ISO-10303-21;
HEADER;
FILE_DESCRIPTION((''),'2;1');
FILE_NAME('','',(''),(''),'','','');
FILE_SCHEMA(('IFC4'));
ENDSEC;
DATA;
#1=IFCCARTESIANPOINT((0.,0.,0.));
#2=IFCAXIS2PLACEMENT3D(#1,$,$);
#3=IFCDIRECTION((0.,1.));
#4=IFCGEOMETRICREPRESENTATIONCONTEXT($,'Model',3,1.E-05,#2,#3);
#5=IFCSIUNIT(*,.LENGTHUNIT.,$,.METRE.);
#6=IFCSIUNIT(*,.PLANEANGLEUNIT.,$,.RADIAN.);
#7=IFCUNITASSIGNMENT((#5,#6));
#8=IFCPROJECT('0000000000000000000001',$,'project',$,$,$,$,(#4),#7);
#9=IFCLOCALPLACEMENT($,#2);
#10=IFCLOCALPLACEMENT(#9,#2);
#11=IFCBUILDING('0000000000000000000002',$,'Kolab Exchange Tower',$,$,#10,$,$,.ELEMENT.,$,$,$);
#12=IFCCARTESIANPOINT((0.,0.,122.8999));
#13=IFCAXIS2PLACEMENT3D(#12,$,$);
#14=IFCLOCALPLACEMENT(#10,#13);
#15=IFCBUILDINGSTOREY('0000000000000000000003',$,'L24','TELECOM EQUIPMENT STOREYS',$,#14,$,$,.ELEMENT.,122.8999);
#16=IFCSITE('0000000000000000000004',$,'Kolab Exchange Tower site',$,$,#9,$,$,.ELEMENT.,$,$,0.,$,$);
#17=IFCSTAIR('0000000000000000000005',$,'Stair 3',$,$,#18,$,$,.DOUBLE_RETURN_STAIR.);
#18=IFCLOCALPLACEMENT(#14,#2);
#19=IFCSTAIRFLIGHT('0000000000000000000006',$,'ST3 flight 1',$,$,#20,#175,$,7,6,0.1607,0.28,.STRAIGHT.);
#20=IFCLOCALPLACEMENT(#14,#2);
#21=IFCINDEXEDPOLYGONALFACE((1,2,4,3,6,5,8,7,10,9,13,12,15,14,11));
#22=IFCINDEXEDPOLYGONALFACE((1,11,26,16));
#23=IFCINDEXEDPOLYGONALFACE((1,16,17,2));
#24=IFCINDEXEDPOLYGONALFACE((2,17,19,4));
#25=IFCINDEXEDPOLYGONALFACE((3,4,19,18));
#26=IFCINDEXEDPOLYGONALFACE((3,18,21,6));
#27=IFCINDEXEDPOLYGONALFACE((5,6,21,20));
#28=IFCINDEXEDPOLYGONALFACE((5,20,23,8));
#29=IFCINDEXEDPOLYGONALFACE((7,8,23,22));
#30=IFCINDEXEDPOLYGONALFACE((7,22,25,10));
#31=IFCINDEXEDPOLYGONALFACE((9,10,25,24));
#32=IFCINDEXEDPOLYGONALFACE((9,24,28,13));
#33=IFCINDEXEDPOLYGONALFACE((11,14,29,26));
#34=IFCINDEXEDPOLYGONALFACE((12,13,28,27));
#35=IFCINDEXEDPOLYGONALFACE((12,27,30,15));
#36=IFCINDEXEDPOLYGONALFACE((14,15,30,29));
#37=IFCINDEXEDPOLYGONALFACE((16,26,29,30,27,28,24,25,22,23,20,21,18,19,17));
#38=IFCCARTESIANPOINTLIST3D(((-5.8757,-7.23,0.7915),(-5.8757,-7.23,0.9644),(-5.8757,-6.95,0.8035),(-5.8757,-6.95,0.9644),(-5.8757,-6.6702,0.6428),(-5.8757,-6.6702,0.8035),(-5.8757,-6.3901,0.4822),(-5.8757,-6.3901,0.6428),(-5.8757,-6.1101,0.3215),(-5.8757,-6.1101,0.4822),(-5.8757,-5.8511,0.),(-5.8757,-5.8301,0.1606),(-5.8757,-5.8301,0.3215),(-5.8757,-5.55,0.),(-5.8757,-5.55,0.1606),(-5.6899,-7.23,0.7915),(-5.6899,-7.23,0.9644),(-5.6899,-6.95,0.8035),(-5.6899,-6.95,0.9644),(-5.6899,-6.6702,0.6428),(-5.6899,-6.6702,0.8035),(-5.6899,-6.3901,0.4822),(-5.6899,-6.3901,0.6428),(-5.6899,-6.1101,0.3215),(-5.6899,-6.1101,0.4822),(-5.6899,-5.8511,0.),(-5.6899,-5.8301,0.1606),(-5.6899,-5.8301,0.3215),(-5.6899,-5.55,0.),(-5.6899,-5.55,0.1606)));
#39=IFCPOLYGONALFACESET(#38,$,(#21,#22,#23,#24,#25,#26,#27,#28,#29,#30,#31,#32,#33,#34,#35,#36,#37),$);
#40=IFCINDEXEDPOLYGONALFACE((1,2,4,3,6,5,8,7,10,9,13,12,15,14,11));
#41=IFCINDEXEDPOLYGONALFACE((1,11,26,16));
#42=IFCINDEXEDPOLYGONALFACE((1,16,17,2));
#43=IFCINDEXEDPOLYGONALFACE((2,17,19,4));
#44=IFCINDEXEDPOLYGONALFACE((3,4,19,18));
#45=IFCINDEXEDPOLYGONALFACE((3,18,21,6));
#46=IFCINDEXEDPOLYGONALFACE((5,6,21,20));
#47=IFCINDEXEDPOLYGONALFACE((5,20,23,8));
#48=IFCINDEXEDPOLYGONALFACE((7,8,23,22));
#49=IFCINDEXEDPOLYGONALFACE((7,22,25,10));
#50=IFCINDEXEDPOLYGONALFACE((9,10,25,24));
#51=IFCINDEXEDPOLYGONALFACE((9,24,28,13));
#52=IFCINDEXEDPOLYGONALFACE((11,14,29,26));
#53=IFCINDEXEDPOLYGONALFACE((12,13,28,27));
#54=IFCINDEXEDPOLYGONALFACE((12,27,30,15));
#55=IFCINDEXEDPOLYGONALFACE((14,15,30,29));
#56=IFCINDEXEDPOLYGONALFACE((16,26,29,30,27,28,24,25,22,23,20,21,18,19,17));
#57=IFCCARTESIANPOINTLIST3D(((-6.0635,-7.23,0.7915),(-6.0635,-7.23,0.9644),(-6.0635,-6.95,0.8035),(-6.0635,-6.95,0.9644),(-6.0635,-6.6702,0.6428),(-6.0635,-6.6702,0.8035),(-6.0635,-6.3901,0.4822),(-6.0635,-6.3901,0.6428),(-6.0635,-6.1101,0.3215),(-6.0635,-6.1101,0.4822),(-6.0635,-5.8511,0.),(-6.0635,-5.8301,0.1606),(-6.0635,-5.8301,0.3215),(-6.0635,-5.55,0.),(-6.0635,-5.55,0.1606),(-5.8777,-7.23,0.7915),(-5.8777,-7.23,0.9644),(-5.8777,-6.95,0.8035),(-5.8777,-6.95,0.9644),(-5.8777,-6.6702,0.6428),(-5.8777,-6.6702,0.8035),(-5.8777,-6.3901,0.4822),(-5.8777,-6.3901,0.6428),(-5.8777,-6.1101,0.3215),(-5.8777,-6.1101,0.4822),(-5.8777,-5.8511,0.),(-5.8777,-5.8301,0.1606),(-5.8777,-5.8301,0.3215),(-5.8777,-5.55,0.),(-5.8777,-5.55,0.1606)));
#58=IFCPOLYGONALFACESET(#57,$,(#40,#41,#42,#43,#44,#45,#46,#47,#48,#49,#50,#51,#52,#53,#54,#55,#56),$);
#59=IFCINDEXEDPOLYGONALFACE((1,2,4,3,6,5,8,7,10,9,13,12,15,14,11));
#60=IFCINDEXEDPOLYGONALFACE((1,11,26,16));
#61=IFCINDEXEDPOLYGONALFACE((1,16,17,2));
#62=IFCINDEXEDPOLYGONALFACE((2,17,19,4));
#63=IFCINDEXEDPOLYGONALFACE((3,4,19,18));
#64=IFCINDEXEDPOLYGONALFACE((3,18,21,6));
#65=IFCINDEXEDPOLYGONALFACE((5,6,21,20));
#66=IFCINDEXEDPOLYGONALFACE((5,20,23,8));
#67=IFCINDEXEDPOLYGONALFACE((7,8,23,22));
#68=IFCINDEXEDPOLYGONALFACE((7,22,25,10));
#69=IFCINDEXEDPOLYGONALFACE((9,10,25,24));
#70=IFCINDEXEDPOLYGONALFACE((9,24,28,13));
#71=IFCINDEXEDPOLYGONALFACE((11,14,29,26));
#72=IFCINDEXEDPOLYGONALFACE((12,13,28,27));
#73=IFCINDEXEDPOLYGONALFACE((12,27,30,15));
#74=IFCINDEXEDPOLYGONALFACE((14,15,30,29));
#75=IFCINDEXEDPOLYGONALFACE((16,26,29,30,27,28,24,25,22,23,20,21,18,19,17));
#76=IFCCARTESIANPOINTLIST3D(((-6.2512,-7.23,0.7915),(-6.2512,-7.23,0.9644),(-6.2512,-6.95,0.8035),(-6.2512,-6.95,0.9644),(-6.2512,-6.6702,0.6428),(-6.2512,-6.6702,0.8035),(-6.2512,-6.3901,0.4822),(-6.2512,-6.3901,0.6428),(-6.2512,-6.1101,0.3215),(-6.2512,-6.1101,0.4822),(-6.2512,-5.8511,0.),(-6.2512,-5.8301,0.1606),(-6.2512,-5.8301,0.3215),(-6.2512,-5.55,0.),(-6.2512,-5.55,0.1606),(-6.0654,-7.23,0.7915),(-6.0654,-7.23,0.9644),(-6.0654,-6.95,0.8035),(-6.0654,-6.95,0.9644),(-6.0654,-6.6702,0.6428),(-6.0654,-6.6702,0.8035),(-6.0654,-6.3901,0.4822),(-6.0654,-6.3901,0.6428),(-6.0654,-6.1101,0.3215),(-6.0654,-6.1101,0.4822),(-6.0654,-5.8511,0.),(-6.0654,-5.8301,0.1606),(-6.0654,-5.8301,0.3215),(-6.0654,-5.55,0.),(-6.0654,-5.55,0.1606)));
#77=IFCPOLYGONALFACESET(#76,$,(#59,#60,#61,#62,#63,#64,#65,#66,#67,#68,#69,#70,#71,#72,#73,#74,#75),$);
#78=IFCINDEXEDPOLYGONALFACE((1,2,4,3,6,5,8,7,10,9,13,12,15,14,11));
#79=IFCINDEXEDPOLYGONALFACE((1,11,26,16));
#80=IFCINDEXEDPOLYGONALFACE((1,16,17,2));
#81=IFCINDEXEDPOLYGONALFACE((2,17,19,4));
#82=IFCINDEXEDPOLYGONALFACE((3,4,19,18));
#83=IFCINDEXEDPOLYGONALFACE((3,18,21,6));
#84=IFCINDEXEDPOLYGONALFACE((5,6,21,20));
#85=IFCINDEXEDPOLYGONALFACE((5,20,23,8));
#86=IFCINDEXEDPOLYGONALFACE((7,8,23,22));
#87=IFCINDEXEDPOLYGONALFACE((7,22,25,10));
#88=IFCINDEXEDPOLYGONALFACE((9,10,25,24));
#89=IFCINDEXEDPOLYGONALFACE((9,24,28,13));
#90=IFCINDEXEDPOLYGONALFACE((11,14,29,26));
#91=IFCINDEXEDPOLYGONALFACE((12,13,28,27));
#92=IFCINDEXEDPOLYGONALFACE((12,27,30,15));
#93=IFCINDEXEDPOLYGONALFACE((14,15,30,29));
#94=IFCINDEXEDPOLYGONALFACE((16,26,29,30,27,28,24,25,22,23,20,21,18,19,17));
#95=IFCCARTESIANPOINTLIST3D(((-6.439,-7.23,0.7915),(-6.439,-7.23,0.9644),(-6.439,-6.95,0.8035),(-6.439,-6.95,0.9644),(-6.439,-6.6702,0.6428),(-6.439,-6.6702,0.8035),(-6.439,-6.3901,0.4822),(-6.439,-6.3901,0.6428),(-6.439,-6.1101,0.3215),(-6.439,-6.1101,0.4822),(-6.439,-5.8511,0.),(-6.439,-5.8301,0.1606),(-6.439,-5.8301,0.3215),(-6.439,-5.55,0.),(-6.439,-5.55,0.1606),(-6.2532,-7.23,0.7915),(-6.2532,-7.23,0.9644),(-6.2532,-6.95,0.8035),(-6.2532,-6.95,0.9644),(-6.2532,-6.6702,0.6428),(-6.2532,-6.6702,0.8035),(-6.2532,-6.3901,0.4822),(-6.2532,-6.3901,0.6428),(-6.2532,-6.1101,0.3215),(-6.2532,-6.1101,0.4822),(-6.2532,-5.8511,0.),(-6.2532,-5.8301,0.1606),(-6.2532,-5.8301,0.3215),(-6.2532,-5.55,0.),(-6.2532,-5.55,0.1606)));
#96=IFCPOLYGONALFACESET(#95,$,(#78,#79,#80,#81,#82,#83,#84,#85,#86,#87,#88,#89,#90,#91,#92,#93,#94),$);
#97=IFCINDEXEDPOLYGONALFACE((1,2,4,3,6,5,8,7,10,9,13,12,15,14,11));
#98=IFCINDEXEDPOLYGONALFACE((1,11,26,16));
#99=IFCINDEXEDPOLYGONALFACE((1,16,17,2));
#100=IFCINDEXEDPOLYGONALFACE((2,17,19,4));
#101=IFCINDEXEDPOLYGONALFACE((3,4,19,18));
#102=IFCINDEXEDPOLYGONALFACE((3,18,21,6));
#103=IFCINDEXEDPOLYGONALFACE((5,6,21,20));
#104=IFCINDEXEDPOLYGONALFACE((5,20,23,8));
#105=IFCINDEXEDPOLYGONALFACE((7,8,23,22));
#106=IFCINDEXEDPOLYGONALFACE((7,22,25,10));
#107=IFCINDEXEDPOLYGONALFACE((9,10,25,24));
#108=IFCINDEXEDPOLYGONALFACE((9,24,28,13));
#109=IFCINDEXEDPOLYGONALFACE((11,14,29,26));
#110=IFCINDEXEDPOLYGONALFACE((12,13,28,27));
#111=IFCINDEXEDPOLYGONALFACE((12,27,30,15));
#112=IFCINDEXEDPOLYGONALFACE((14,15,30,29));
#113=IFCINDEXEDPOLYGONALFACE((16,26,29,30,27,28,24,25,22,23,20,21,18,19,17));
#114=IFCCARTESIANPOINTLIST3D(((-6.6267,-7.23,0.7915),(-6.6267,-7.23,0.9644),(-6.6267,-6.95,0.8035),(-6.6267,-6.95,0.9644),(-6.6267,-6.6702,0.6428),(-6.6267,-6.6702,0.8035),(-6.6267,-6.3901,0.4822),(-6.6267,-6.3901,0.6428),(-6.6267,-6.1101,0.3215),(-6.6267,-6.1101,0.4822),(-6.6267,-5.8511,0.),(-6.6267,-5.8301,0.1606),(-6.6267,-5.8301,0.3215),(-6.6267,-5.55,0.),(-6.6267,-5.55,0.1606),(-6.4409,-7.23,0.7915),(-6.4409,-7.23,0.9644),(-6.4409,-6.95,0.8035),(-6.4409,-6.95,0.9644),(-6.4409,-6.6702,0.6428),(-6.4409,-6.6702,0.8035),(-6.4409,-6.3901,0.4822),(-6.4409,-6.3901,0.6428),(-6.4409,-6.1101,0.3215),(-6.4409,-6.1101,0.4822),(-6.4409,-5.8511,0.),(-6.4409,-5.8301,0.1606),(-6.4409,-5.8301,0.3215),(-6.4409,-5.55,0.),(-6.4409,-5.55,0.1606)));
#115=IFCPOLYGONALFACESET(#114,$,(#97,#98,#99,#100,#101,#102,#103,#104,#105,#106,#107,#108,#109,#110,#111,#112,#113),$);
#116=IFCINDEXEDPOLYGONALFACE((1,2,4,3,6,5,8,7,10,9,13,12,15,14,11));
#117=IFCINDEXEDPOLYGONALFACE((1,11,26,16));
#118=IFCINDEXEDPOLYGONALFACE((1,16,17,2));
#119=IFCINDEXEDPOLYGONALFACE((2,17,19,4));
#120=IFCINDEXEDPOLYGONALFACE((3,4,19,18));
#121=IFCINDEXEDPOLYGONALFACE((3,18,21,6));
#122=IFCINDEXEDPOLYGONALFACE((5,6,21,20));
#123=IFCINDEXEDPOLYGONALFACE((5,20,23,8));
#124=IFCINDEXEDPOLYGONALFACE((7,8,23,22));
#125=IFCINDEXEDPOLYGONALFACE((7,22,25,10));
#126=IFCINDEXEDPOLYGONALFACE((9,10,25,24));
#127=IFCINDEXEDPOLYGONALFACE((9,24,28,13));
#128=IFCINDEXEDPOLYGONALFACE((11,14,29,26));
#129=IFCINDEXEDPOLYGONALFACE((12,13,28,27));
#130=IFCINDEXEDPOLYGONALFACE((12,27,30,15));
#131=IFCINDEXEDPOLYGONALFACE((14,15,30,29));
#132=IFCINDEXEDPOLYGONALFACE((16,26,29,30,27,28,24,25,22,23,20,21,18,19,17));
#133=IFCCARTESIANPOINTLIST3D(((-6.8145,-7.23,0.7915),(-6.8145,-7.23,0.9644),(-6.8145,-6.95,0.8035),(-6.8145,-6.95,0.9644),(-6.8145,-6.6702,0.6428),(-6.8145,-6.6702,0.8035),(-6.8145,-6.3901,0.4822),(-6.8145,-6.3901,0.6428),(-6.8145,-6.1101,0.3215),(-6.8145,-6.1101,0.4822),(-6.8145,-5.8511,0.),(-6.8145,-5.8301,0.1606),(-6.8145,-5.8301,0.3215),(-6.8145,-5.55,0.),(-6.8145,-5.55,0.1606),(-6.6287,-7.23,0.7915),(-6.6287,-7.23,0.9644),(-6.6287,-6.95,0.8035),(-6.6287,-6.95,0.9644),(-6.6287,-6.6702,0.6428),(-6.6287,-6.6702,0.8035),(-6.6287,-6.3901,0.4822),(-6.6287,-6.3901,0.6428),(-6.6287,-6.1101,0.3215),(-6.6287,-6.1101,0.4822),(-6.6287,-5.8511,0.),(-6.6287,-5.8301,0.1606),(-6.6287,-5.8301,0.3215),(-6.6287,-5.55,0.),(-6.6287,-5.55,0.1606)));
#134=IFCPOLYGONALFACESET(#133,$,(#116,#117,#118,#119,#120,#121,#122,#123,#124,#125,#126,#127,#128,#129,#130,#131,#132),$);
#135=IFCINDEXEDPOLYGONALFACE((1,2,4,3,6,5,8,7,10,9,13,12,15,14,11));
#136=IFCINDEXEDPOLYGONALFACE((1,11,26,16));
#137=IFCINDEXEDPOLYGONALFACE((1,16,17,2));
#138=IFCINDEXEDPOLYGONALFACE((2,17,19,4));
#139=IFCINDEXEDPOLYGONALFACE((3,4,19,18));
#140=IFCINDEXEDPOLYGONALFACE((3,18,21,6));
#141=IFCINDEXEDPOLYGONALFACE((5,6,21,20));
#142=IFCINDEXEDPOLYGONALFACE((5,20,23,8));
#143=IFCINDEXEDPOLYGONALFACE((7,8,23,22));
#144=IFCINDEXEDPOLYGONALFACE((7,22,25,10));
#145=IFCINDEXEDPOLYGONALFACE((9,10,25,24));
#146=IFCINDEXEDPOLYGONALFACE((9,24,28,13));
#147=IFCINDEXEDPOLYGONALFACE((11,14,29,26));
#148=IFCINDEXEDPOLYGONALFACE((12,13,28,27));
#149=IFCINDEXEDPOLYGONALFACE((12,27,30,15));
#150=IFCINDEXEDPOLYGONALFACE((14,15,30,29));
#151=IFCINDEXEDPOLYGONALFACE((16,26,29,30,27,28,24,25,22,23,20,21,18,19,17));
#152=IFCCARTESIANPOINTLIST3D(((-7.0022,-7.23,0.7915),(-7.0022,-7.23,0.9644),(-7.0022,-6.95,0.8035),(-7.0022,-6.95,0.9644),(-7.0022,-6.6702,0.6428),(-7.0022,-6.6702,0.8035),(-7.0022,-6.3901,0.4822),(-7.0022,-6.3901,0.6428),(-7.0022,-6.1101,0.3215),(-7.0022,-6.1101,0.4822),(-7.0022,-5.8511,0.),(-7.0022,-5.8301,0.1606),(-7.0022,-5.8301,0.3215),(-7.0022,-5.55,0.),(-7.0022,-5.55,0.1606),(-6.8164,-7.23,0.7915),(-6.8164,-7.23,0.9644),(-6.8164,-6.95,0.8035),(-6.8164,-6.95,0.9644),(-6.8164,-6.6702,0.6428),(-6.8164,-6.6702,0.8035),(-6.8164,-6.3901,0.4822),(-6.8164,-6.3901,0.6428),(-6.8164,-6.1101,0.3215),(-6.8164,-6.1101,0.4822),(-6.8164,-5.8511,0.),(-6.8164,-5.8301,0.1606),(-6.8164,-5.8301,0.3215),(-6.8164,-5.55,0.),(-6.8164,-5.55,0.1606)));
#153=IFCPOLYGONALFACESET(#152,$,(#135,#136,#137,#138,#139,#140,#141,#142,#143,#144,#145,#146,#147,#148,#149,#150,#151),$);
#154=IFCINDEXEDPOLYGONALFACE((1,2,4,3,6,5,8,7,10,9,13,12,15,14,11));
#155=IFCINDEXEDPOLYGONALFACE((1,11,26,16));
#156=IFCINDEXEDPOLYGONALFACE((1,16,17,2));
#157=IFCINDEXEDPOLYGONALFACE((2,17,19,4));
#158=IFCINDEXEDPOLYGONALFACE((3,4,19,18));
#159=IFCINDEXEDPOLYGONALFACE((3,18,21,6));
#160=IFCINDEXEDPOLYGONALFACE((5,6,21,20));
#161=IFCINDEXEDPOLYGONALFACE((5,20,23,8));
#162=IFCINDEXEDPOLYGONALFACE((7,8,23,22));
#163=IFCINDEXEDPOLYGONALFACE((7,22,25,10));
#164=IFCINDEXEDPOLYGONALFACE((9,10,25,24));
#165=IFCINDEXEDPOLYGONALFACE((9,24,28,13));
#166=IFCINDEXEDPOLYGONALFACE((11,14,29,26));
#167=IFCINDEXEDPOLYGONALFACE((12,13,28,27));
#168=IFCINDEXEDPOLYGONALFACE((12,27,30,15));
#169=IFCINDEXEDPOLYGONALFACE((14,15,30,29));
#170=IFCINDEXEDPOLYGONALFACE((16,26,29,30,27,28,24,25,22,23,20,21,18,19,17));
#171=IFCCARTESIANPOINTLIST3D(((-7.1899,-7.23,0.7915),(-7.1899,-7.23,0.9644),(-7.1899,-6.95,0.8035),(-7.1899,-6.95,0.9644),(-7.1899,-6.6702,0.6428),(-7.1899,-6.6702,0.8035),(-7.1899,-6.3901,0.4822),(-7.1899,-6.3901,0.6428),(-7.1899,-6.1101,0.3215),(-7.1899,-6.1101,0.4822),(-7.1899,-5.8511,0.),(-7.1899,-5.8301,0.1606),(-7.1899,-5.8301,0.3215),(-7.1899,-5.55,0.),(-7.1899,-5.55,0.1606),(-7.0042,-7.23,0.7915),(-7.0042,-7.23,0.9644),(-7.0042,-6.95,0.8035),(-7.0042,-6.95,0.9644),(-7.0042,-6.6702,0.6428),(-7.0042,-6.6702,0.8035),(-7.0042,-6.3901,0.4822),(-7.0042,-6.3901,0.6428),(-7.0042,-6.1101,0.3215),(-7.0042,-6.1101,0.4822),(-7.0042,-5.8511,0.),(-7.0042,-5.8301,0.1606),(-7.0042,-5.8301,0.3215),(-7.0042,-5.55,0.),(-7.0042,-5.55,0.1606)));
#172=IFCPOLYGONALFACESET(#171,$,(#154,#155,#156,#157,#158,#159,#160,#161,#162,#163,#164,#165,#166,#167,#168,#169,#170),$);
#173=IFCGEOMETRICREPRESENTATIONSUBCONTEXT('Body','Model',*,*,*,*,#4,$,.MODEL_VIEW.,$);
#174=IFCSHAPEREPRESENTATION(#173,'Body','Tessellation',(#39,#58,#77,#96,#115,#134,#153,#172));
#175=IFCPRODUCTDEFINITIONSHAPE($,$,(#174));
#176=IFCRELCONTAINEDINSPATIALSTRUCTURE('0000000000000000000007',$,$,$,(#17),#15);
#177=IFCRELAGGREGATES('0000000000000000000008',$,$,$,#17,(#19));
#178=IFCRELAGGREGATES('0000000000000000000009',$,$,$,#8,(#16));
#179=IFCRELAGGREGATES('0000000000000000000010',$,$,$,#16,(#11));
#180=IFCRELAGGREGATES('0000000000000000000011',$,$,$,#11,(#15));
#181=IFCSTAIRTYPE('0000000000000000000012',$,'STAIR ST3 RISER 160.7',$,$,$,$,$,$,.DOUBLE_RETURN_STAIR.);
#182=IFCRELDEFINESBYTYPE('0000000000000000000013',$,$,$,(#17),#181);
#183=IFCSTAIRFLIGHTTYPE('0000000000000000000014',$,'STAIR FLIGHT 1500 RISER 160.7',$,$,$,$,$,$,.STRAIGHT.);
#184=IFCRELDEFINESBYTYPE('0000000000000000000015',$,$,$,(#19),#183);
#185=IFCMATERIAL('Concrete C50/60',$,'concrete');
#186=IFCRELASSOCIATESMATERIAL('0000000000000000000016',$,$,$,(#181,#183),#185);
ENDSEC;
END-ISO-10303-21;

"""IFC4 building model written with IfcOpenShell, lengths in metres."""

from ifc_helpers import new_model, si_unit, direction, frame, origin, place, context, subcontext, project, spatial, polyline, outline, extrude, material, type_object, element, aggregate, save


model = new_model("IFC4")

# Units and contexts
model_context = context("Model", 3, precision=1e-05, world=origin(), true_north=direction((0.0, 1.0)))
body_context = subcontext(model_context, "Body", "Model", "MODEL_VIEW")
ifc_project = project(units=[si_unit("LENGTHUNIT", "METRE"), si_unit("PLANEANGLEUNIT", "RADIAN")], contexts=[model_context])

# Site, building, storey
site_placement = place(None, origin())
site = spatial("IfcSite", under=ifc_project, at=site_placement, Name="Kolab Exchange Tower site", CompositionType="ELEMENT", RefElevation=0.0)
building_placement = place(site_placement, origin())
building = spatial("IfcBuilding", under=site, at=building_placement, Name="Kolab Exchange Tower", CompositionType="ELEMENT")
storey_placement = place(building_placement, frame((0.0, 0.0, 122.8999)))
storey = spatial("IfcBuildingStorey", under=building, at=storey_placement, Name="L24", Description="TELECOM EQUIPMENT STOREYS", CompositionType="ELEMENT", Elevation=122.8999)

# Shared definitions
ifc_material_1 = material(Name="Concrete C50/60", Category="concrete")

# Stair, stair flight
stair_type = type_object("IfcStairType", Name="STAIR ST3 RISER 160.7", PredefinedType="DOUBLE_RETURN_STAIR", material=ifc_material_1)
stair_placement = place(storey_placement, origin())
stair = element("IfcStair", 1, at=stair_placement, inside=storey, type_object=stair_type, Name="Stair 3", PredefinedType="DOUBLE_RETURN_STAIR")
stair_flight_type = type_object("IfcStairFlightType", Name="STAIR FLIGHT 1500 RISER 160.7", PredefinedType="STRAIGHT", material=ifc_material_1)
stair_flight_1_placement = place(storey_placement, frame((-6.4399, -5.55, 0.0), z_axis=(0.0, 0.0, 1.0), x_axis=(0.0, -1.0, 0.0)))
stair_flight_1 = element("IfcStairFlight", 2, at=stair_flight_1_placement, type_object=stair_flight_type, Name="ST3 flight 1", NumberOfRisers=7, NumberOfTreads=6, PredefinedType="STRAIGHT", RiserHeight=0.1607, TreadLength=0.28, context=body_context, shape_type="SweptSolid", body=[
    extrude(outline(polyline([(0.0, 0.0), (0.0, 0.1606), (0.28, 0.1606), (0.28, 0.3215), (0.5601, 0.3215), (0.5601, 0.4822), (0.8401, 0.4822), (0.8401, 0.6428), (1.1201, 0.6428), (1.1201, 0.8035), (1.3999, 0.8035), (1.3999, 0.9644), (1.6799, 0.9644), (1.6799, 1.125), (1.6799, 0.7915), (0.301, 0.0), (0.0, 0.0)])), frame((0.0, 0.75, 0.0), z_axis=(0.0, -1.0, 0.0), x_axis=(1.0, 0.0, 0.0)), (0.0, 0.0, 1.0), 0.1858),
    extrude(outline(polyline([(0.0, 0.0), (0.0, 0.1606), (0.28, 0.1606), (0.28, 0.3215), (0.5601, 0.3215), (0.5601, 0.4822), (0.8401, 0.4822), (0.8401, 0.6428), (1.1201, 0.6428), (1.1201, 0.8035), (1.3999, 0.8035), (1.3999, 0.9644), (1.6799, 0.9644), (1.6799, 1.125), (1.6799, 0.7915), (0.301, 0.0), (0.0, 0.0)])), frame((0.0, 0.5623, 0.0), z_axis=(0.0, -1.0, 0.0), x_axis=(1.0, 0.0, 0.0)), (0.0, 0.0, 1.0), 0.1858),
    extrude(outline(polyline([(0.0, 0.0), (0.0, 0.1606), (0.28, 0.1606), (0.28, 0.3215), (0.5601, 0.3215), (0.5601, 0.4822), (0.8401, 0.4822), (0.8401, 0.6428), (1.1201, 0.6428), (1.1201, 0.8035), (1.3999, 0.8035), (1.3999, 0.9644), (1.6799, 0.9644), (1.6799, 1.125), (1.6799, 0.7915), (0.301, 0.0), (0.0, 0.0)])), frame((0.0, 0.3745, 0.0), z_axis=(0.0, -1.0, 0.0), x_axis=(1.0, 0.0, 0.0)), (0.0, 0.0, 1.0), 0.1858),
    extrude(outline(polyline([(0.0, 0.0), (0.0, 0.1606), (0.28, 0.1606), (0.28, 0.3215), (0.5601, 0.3215), (0.5601, 0.4822), (0.8401, 0.4822), (0.8401, 0.6428), (1.1201, 0.6428), (1.1201, 0.8035), (1.3999, 0.8035), (1.3999, 0.9644), (1.6799, 0.9644), (1.6799, 1.125), (1.6799, 0.7915), (0.301, 0.0), (0.0, 0.0)])), frame((0.0, 0.1868, 0.0), z_axis=(0.0, -1.0, 0.0), x_axis=(1.0, 0.0, 0.0)), (0.0, 0.0, 1.0), 0.1858),
    extrude(outline(polyline([(0.0, 0.0), (0.0, 0.1606), (0.28, 0.1606), (0.28, 0.3215), (0.5601, 0.3215), (0.5601, 0.4822), (0.8401, 0.4822), (0.8401, 0.6428), (1.1201, 0.6428), (1.1201, 0.8035), (1.3999, 0.8035), (1.3999, 0.9644), (1.6799, 0.9644), (1.6799, 1.125), (1.6799, 0.7915), (0.301, 0.0), (0.0, 0.0)])), frame((0.0, -0.001, 0.0), z_axis=(0.0, -1.0, 0.0), x_axis=(1.0, 0.0, 0.0)), (0.0, 0.0, 1.0), 0.1858),
    extrude(outline(polyline([(0.0, 0.0), (0.0, 0.1606), (0.28, 0.1606), (0.28, 0.3215), (0.5601, 0.3215), (0.5601, 0.4822), (0.8401, 0.4822), (0.8401, 0.6428), (1.1201, 0.6428), (1.1201, 0.8035), (1.3999, 0.8035), (1.3999, 0.9644), (1.6799, 0.9644), (1.6799, 1.125), (1.6799, 0.7915), (0.301, 0.0), (0.0, 0.0)])), frame((0.0, -0.1887, 0.0), z_axis=(0.0, -1.0, 0.0), x_axis=(1.0, 0.0, 0.0)), (0.0, 0.0, 1.0), 0.1858),
    extrude(outline(polyline([(0.0, 0.0), (0.0, 0.1606), (0.28, 0.1606), (0.28, 0.3215), (0.5601, 0.3215), (0.5601, 0.4822), (0.8401, 0.4822), (0.8401, 0.6428), (1.1201, 0.6428), (1.1201, 0.8035), (1.3999, 0.8035), (1.3999, 0.9644), (1.6799, 0.9644), (1.6799, 1.125), (1.6799, 0.7915), (0.301, 0.0), (0.0, 0.0)])), frame((0.0, -0.3765, 0.0), z_axis=(0.0, -1.0, 0.0), x_axis=(1.0, 0.0, 0.0)), (0.0, 0.0, 1.0), 0.1858),
    extrude(outline(polyline([(0.0, 0.0), (0.0, 0.1606), (0.28, 0.1606), (0.28, 0.3215), (0.5601, 0.3215), (0.5601, 0.4822), (0.8401, 0.4822), (0.8401, 0.6428), (1.1201, 0.6428), (1.1201, 0.8035), (1.3999, 0.8035), (1.3999, 0.9644), (1.6799, 0.9644), (1.6799, 1.125), (1.6799, 0.7915), (0.301, 0.0), (0.0, 0.0)])), frame((0.0, -0.5642, 0.0), z_axis=(0.0, -1.0, 0.0), x_axis=(1.0, 0.0, 0.0)), (0.0, 0.0, 1.0), 0.1858),
])
aggregate(stair, [stair_flight_1])

save(model, "model.ifc")
